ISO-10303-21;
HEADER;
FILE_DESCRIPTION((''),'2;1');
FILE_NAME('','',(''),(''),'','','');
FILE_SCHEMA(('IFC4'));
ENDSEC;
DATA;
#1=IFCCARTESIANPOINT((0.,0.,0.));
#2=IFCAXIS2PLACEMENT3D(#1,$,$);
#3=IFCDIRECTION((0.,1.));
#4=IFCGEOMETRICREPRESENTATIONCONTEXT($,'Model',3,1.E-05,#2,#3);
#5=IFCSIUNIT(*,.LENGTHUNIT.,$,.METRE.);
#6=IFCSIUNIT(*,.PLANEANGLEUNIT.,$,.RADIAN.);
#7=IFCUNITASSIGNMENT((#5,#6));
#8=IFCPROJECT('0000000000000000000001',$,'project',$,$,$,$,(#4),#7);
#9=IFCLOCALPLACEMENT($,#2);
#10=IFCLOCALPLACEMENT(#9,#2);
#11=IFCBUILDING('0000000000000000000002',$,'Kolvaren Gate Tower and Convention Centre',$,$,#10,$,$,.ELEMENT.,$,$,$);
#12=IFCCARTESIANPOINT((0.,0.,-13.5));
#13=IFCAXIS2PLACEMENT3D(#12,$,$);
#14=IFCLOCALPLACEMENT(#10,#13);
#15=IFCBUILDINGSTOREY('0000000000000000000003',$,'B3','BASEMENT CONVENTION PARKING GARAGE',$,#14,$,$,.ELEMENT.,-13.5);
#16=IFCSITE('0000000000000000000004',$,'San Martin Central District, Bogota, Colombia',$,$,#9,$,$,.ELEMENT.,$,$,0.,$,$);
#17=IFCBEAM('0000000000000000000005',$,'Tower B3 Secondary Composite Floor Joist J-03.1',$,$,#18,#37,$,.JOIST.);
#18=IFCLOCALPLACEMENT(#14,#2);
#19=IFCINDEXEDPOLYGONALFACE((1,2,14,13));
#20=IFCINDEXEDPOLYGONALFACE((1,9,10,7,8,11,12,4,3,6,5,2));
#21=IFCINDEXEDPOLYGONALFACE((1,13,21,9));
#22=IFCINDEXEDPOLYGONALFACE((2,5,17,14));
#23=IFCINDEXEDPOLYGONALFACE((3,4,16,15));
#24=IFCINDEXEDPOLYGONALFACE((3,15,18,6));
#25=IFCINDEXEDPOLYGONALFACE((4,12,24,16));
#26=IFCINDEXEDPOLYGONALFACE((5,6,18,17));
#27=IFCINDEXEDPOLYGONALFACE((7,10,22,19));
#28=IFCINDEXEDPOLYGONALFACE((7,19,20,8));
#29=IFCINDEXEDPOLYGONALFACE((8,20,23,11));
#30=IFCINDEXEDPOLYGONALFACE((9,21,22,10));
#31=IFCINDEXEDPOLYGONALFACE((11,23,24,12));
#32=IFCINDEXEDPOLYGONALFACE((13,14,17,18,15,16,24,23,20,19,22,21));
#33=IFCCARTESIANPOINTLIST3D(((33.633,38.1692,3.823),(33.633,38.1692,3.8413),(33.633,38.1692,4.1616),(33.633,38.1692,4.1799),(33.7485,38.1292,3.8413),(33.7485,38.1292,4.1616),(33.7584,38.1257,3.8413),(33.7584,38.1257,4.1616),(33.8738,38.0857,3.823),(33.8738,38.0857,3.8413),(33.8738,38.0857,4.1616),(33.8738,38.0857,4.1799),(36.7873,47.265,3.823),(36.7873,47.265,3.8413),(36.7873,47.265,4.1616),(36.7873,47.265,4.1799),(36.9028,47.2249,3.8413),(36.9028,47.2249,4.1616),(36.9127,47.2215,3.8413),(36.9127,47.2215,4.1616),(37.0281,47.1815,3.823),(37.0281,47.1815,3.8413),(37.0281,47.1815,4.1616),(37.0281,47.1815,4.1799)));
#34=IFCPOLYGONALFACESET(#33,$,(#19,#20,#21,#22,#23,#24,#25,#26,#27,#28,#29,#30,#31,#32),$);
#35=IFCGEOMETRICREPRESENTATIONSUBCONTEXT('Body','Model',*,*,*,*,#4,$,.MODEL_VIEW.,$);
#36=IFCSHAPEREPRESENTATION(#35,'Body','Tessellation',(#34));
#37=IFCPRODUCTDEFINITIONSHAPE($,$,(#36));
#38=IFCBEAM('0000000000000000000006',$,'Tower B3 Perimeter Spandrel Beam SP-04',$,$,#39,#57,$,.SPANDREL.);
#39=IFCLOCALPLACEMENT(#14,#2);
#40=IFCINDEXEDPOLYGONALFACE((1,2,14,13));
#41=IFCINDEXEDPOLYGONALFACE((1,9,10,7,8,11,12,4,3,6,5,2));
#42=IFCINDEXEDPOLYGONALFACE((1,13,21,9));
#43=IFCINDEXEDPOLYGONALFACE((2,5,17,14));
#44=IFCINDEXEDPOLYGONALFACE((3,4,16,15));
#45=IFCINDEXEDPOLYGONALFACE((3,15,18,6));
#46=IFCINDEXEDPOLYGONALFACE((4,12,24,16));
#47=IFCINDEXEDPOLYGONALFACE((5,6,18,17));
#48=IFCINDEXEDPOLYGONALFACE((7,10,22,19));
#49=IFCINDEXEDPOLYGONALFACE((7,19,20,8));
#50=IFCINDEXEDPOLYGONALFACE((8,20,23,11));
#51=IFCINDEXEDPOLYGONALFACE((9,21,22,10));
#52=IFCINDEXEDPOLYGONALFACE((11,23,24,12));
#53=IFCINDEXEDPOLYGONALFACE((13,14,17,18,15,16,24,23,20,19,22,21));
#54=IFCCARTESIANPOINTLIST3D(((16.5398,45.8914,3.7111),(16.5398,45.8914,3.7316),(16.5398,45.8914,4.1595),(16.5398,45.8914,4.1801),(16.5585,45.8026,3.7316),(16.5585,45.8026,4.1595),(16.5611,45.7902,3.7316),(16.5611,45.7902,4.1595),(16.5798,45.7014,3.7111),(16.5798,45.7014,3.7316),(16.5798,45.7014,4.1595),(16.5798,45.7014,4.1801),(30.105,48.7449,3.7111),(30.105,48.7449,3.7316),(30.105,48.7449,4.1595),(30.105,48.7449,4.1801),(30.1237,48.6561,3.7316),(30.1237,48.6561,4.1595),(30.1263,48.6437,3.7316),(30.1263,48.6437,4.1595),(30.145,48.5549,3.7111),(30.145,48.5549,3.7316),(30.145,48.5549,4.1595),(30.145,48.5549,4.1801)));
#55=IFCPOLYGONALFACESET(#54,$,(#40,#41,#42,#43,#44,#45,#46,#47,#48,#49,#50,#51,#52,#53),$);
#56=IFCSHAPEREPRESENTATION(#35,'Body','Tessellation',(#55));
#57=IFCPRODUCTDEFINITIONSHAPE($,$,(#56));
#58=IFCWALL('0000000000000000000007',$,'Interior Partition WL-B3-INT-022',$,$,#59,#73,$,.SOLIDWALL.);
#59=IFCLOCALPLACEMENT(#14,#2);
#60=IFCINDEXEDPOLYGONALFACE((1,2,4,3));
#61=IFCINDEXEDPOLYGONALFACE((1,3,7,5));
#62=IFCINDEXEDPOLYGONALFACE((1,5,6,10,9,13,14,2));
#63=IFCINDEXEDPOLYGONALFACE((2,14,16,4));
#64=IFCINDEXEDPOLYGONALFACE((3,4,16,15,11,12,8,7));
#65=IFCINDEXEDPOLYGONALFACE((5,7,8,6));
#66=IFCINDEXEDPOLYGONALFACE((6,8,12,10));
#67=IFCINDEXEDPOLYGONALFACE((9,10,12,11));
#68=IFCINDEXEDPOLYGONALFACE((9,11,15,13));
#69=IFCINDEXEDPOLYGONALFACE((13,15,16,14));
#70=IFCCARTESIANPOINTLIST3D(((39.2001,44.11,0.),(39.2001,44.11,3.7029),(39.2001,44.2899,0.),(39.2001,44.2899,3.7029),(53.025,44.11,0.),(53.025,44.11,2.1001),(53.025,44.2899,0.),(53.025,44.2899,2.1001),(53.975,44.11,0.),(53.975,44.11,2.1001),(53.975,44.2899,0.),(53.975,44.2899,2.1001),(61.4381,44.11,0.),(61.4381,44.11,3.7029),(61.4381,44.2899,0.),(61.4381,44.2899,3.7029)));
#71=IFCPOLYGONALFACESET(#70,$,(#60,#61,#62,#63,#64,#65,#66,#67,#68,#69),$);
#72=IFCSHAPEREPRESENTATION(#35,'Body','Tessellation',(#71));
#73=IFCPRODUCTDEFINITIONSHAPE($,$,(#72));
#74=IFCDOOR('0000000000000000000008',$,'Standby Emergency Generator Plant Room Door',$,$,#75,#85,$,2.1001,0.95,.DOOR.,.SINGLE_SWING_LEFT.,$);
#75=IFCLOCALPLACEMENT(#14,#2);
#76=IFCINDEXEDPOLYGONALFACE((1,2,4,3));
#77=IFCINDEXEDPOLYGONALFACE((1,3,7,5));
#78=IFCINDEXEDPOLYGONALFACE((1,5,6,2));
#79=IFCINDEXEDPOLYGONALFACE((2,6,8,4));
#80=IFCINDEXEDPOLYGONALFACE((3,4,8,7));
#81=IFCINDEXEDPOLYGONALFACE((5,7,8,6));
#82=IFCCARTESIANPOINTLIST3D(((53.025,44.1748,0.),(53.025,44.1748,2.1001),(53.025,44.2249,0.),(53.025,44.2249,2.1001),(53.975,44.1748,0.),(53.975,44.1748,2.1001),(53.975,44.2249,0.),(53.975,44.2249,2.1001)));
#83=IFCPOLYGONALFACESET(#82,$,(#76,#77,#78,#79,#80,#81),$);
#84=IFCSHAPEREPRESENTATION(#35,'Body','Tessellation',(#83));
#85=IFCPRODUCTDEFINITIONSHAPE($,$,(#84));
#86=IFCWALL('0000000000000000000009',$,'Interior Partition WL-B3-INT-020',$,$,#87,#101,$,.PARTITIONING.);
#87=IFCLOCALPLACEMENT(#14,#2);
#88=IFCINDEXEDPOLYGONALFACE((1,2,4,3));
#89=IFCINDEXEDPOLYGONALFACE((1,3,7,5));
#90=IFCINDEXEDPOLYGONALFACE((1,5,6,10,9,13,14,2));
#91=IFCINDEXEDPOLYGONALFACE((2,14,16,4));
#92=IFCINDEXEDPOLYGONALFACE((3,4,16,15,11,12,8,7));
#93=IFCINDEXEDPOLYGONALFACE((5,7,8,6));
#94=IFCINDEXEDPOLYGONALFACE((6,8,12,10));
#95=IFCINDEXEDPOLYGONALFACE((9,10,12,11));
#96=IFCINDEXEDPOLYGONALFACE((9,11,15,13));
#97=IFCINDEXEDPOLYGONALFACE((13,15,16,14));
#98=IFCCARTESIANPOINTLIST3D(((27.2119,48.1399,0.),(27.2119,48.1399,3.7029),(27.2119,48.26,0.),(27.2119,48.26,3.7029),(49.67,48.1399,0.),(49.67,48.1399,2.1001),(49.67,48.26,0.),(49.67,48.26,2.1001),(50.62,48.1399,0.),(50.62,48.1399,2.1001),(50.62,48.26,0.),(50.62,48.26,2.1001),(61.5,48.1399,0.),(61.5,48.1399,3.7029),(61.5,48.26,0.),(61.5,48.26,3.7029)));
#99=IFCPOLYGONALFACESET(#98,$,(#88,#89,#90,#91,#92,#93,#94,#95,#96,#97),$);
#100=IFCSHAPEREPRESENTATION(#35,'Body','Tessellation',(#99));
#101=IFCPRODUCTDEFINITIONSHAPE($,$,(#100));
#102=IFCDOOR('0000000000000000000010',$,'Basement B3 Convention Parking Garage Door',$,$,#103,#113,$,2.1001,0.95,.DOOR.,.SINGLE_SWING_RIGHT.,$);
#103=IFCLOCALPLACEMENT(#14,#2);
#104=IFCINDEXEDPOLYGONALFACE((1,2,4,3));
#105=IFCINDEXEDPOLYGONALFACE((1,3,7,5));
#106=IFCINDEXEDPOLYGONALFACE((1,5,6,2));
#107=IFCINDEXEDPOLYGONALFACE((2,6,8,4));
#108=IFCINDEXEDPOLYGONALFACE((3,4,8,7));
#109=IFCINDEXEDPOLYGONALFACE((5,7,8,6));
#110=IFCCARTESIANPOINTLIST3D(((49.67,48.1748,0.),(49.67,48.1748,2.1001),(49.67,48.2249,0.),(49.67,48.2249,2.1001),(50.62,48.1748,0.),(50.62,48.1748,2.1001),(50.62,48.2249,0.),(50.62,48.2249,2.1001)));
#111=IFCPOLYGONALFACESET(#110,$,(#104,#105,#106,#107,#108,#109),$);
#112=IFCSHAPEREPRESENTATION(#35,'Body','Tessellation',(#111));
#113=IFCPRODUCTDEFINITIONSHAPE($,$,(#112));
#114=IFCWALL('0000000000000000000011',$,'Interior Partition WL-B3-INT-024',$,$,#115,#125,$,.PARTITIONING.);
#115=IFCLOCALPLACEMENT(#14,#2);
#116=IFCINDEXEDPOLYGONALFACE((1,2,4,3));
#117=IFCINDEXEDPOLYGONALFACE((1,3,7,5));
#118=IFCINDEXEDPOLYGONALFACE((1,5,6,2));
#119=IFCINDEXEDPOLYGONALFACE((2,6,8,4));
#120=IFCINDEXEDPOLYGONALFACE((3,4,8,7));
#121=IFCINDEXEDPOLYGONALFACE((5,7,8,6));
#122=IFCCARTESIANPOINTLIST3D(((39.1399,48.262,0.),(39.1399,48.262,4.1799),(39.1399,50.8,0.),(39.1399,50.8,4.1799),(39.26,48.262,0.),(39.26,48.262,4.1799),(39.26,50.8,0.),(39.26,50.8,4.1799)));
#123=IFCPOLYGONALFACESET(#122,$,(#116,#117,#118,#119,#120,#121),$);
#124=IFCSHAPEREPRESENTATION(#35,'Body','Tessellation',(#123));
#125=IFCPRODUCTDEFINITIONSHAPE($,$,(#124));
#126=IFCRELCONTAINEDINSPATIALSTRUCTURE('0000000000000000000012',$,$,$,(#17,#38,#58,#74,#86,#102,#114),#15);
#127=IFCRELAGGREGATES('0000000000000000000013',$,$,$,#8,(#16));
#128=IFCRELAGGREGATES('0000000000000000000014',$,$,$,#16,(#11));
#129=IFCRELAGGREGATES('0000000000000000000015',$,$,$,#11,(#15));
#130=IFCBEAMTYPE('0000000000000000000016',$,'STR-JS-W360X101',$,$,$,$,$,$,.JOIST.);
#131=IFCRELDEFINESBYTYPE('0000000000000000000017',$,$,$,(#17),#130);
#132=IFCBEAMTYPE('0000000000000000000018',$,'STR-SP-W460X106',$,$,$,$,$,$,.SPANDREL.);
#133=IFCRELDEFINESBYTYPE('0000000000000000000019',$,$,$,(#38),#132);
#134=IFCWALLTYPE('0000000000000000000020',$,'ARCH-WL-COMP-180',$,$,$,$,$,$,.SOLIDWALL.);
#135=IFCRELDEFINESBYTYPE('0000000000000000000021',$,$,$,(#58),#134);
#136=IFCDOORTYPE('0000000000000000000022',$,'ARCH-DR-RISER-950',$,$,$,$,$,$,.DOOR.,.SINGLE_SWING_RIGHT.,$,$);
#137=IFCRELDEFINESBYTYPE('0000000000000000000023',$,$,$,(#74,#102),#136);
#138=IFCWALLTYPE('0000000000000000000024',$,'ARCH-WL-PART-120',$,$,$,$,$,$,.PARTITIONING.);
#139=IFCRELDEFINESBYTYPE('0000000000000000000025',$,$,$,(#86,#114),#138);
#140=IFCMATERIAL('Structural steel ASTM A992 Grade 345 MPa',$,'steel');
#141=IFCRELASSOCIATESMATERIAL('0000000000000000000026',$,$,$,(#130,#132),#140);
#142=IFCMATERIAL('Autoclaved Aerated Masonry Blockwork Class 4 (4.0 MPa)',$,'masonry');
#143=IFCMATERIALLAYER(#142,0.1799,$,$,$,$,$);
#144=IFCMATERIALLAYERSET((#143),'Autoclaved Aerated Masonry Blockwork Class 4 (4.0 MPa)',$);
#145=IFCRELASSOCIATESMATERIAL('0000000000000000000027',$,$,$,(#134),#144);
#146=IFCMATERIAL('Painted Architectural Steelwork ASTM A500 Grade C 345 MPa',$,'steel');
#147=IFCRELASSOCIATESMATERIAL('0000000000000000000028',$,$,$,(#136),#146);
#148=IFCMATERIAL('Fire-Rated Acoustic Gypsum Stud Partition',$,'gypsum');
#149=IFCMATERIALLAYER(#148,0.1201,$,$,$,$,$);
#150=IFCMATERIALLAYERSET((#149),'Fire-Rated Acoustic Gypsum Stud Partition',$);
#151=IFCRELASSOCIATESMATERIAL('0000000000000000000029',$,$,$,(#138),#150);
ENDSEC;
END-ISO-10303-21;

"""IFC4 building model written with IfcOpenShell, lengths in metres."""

from ifc_helpers import new_model, si_unit, direction, frame, frame_2d, origin, origin_2d, place, context, subcontext, project, spatial, rectangle, i_section, extrude, material, layer, layer_set, material_profile, profile_set, type_object, element, fill, save


model = new_model("IFC4")

# Units and contexts
model_context = context("Model", 3, precision=1e-05, world=origin(), true_north=direction((0.0, 1.0)))
body_context = subcontext(model_context, "Body", "Model", "MODEL_VIEW")
ifc_project = project(units=[si_unit("LENGTHUNIT", "METRE"), si_unit("PLANEANGLEUNIT", "RADIAN")], contexts=[model_context])

# Site, building, storey
site_placement = place(None, origin())
site = spatial("IfcSite", under=ifc_project, at=site_placement, Name="San Martin Central District, Bogota, Colombia", CompositionType="ELEMENT", RefElevation=0.0)
building_placement = place(site_placement, origin())
building = spatial("IfcBuilding", under=site, at=building_placement, Name="Kolvaren Gate Tower and Convention Centre", CompositionType="ELEMENT")
storey_placement = place(building_placement, frame((0.0, 0.0, -13.5)))
storey = spatial("IfcBuildingStorey", under=building, at=storey_placement, Name="B3", Description="BASEMENT CONVENTION PARKING GARAGE", CompositionType="ELEMENT", Elevation=-13.5)

# Beams
ifc_material_1 = material(Name="Structural steel ASTM A992 Grade 345 MPa", Category="steel")
ifc_material_profile_1 = material_profile(ifc_material_1, i_section(OverallWidth=0.2549, OverallDepth=0.3569, WebThickness=0.0105, FlangeThickness=0.0183, at=origin_2d()), Name="W360X101")
ifc_profile_set_1 = profile_set([ifc_material_profile_1], Name="Structural steel ASTM A992 Grade 345 MPa")
beam_type_1 = type_object("IfcBeamType", Name="STR-JS-W360X101", PredefinedType="JOIST", material=ifc_profile_set_1)
beam_1_placement = place(storey_placement, frame((33.7534, 38.1274, 4.0015), z_axis=(0.327647, 0.9448, 0.0), x_axis=(-0.9448, 0.327647, 0.0)))
element("IfcBeam", 1, at=beam_1_placement, inside=storey, type_object=beam_type_1, Name="Tower B3 Secondary Composite Floor Joist J-03.1", PredefinedType="JOIST", context=body_context, shape_type="SweptSolid", body=[
    extrude(i_section(OverallWidth=0.2549, OverallDepth=0.3569, WebThickness=0.0105, FlangeThickness=0.0183, at=origin_2d()), origin(), (0.0, 0.0, 1.0), 9.6272),
])
ifc_material_profile_2 = material_profile(ifc_material_1, i_section(OverallWidth=0.1941, OverallDepth=0.469, WebThickness=0.0127, FlangeThickness=0.0205, at=origin_2d()), Name="W460X106")
ifc_profile_set_2 = profile_set([ifc_material_profile_2], Name="Structural steel ASTM A992 Grade 345 MPa")
beam_type_2 = type_object("IfcBeamType", Name="STR-SP-W460X106", PredefinedType="SPANDREL", material=ifc_profile_set_2)
beam_2_placement = place(storey_placement, frame((30.125, 48.6499, 3.9456), z_axis=(-0.978583, -0.205851, 0.0), x_axis=(0.205851, -0.978583, 0.0)))
element("IfcBeam", 2, at=beam_2_placement, inside=storey, type_object=beam_type_2, Name="Tower B3 Perimeter Spandrel Beam SP-04", PredefinedType="SPANDREL", context=body_context, shape_type="SweptSolid", body=[
    extrude(i_section(OverallWidth=0.1941, OverallDepth=0.469, WebThickness=0.0127, FlangeThickness=0.0205, at=origin_2d()), origin(), (0.0, 0.0, 1.0), 13.8621),
])

# Walls, openings, doors
ifc_material_2 = material(Name="Autoclaved Aerated Masonry Blockwork Class 4 (4.0 MPa)", Category="masonry")
ifc_layer_1 = layer(ifc_material_2, 0.1799)
ifc_layer_set_1 = layer_set([ifc_layer_1], Name="Autoclaved Aerated Masonry Blockwork Class 4 (4.0 MPa)")
wall_type_1 = type_object("IfcWallType", Name="ARCH-WL-COMP-180", PredefinedType="SOLIDWALL", material=ifc_layer_set_1)
wall_1_placement = place(storey_placement, frame((39.2, 44.2, 0.0), z_axis=(0.0, 0.0, 1.0), x_axis=(1.0, 0.0, 0.0)))
wall_1 = element("IfcWall", 3, at=wall_1_placement, inside=storey, type_object=wall_type_1, Name="Interior Partition WL-B3-INT-022", PredefinedType="SOLIDWALL", context=body_context, shape_type="SweptSolid", body=[
    extrude(rectangle(XDim=22.238, YDim=0.1799, at=frame_2d((11.1191, 0.0))), origin(), (0.0, 0.0, 1.0), 3.7029),
])
opening_1_placement = place(wall_1_placement, frame((13.825, 0.0, 0.0)))
opening_1 = element("IfcOpeningElement", 4, at=opening_1_placement, cuts=wall_1, PredefinedType="OPENING", context=body_context, shape_type="SweptSolid", body=[
    extrude(rectangle(XDim=0.95, YDim=2.1001, at=frame_2d((0.4751, 1.05))), frame((0.0, 0.0999, 0.0), z_axis=(0.0, -1.0, 0.0), x_axis=(1.0, 0.0, 0.0)), (0.0, 0.0, 1.0), 0.2),
])
ifc_material_3 = material(Name="Painted Architectural Steelwork ASTM A500 Grade C 345 MPa", Category="steel")
door_type = type_object("IfcDoorType", Name="ARCH-DR-RISER-950", OperationType="SINGLE_SWING_RIGHT", PredefinedType="DOOR", material=ifc_material_3)
door_1_placement = place(opening_1_placement, origin())
door_1 = element("IfcDoor", 5, at=door_1_placement, inside=storey, type_object=door_type, Name="Standby Emergency Generator Plant Room Door", OperationType="SINGLE_SWING_LEFT", OverallHeight=2.1001, OverallWidth=0.95, PredefinedType="DOOR", context=body_context, shape_type="SweptSolid", body=[
    extrude(rectangle(XDim=0.95, YDim=2.1001, at=frame_2d((0.4751, 1.05))), frame((0.0, 0.0249, 0.0), z_axis=(0.0, -1.0, 0.0), x_axis=(1.0, 0.0, 0.0)), (0.0, 0.0, 1.0), 0.05),
])
fill(opening_1, door_1)
ifc_material_4 = material(Name="Fire-Rated Acoustic Gypsum Stud Partition", Category="gypsum")
ifc_layer_2 = layer(ifc_material_4, 0.1201)
ifc_layer_set_2 = layer_set([ifc_layer_2], Name="Fire-Rated Acoustic Gypsum Stud Partition")
wall_type_2 = type_object("IfcWallType", Name="ARCH-WL-PART-120", PredefinedType="PARTITIONING", material=ifc_layer_set_2)
wall_2_placement = place(storey_placement, frame((27.2119, 48.2, 0.0), z_axis=(0.0, 0.0, 1.0), x_axis=(1.0, 0.0, 0.0)))
wall_2 = element("IfcWall", 6, at=wall_2_placement, inside=storey, type_object=wall_type_2, Name="Interior Partition WL-B3-INT-020", PredefinedType="PARTITIONING", context=body_context, shape_type="SweptSolid", body=[
    extrude(rectangle(XDim=34.2881, YDim=0.1201, at=frame_2d((17.144, 0.0))), origin(), (0.0, 0.0, 1.0), 3.7029),
])
opening_2_placement = place(wall_2_placement, frame((22.458, 0.0, 0.0)))
opening_2 = element("IfcOpeningElement", 7, at=opening_2_placement, cuts=wall_2, PredefinedType="OPENING", context=body_context, shape_type="SweptSolid", body=[
    extrude(rectangle(XDim=0.95, YDim=2.1001, at=frame_2d((0.4751, 1.05))), frame((0.0, 0.0701, 0.0), z_axis=(0.0, -1.0, 0.0), x_axis=(1.0, 0.0, 0.0)), (0.0, 0.0, 1.0), 0.1401),
])
door_2_placement = place(opening_2_placement, origin())
door_2 = element("IfcDoor", 8, at=door_2_placement, inside=storey, type_object=door_type, Name="Basement B3 Convention Parking Garage Door", OperationType="SINGLE_SWING_RIGHT", OverallHeight=2.1001, OverallWidth=0.95, PredefinedType="DOOR", context=body_context, shape_type="SweptSolid", body=[
    extrude(rectangle(XDim=0.95, YDim=2.1001, at=frame_2d((0.4751, 1.05))), frame((0.0, 0.0249, 0.0), z_axis=(0.0, -1.0, 0.0), x_axis=(1.0, 0.0, 0.0)), (0.0, 0.0, 1.0), 0.05),
])
fill(opening_2, door_2)

# Wall
wall_3_placement = place(storey_placement, frame((39.2, 48.262, 0.0), z_axis=(0.0, 0.0, 1.0), x_axis=(0.0, 1.0, 0.0)))
element("IfcWall", 9, at=wall_3_placement, inside=storey, type_object=wall_type_2, Name="Interior Partition WL-B3-INT-024", PredefinedType="PARTITIONING", context=body_context, shape_type="SweptSolid", body=[
    extrude(rectangle(XDim=2.5381, YDim=0.1201, at=frame_2d((1.269, 0.0))), origin(), (0.0, 0.0, 1.0), 4.1799),
])

save(model, "model.ifc")
